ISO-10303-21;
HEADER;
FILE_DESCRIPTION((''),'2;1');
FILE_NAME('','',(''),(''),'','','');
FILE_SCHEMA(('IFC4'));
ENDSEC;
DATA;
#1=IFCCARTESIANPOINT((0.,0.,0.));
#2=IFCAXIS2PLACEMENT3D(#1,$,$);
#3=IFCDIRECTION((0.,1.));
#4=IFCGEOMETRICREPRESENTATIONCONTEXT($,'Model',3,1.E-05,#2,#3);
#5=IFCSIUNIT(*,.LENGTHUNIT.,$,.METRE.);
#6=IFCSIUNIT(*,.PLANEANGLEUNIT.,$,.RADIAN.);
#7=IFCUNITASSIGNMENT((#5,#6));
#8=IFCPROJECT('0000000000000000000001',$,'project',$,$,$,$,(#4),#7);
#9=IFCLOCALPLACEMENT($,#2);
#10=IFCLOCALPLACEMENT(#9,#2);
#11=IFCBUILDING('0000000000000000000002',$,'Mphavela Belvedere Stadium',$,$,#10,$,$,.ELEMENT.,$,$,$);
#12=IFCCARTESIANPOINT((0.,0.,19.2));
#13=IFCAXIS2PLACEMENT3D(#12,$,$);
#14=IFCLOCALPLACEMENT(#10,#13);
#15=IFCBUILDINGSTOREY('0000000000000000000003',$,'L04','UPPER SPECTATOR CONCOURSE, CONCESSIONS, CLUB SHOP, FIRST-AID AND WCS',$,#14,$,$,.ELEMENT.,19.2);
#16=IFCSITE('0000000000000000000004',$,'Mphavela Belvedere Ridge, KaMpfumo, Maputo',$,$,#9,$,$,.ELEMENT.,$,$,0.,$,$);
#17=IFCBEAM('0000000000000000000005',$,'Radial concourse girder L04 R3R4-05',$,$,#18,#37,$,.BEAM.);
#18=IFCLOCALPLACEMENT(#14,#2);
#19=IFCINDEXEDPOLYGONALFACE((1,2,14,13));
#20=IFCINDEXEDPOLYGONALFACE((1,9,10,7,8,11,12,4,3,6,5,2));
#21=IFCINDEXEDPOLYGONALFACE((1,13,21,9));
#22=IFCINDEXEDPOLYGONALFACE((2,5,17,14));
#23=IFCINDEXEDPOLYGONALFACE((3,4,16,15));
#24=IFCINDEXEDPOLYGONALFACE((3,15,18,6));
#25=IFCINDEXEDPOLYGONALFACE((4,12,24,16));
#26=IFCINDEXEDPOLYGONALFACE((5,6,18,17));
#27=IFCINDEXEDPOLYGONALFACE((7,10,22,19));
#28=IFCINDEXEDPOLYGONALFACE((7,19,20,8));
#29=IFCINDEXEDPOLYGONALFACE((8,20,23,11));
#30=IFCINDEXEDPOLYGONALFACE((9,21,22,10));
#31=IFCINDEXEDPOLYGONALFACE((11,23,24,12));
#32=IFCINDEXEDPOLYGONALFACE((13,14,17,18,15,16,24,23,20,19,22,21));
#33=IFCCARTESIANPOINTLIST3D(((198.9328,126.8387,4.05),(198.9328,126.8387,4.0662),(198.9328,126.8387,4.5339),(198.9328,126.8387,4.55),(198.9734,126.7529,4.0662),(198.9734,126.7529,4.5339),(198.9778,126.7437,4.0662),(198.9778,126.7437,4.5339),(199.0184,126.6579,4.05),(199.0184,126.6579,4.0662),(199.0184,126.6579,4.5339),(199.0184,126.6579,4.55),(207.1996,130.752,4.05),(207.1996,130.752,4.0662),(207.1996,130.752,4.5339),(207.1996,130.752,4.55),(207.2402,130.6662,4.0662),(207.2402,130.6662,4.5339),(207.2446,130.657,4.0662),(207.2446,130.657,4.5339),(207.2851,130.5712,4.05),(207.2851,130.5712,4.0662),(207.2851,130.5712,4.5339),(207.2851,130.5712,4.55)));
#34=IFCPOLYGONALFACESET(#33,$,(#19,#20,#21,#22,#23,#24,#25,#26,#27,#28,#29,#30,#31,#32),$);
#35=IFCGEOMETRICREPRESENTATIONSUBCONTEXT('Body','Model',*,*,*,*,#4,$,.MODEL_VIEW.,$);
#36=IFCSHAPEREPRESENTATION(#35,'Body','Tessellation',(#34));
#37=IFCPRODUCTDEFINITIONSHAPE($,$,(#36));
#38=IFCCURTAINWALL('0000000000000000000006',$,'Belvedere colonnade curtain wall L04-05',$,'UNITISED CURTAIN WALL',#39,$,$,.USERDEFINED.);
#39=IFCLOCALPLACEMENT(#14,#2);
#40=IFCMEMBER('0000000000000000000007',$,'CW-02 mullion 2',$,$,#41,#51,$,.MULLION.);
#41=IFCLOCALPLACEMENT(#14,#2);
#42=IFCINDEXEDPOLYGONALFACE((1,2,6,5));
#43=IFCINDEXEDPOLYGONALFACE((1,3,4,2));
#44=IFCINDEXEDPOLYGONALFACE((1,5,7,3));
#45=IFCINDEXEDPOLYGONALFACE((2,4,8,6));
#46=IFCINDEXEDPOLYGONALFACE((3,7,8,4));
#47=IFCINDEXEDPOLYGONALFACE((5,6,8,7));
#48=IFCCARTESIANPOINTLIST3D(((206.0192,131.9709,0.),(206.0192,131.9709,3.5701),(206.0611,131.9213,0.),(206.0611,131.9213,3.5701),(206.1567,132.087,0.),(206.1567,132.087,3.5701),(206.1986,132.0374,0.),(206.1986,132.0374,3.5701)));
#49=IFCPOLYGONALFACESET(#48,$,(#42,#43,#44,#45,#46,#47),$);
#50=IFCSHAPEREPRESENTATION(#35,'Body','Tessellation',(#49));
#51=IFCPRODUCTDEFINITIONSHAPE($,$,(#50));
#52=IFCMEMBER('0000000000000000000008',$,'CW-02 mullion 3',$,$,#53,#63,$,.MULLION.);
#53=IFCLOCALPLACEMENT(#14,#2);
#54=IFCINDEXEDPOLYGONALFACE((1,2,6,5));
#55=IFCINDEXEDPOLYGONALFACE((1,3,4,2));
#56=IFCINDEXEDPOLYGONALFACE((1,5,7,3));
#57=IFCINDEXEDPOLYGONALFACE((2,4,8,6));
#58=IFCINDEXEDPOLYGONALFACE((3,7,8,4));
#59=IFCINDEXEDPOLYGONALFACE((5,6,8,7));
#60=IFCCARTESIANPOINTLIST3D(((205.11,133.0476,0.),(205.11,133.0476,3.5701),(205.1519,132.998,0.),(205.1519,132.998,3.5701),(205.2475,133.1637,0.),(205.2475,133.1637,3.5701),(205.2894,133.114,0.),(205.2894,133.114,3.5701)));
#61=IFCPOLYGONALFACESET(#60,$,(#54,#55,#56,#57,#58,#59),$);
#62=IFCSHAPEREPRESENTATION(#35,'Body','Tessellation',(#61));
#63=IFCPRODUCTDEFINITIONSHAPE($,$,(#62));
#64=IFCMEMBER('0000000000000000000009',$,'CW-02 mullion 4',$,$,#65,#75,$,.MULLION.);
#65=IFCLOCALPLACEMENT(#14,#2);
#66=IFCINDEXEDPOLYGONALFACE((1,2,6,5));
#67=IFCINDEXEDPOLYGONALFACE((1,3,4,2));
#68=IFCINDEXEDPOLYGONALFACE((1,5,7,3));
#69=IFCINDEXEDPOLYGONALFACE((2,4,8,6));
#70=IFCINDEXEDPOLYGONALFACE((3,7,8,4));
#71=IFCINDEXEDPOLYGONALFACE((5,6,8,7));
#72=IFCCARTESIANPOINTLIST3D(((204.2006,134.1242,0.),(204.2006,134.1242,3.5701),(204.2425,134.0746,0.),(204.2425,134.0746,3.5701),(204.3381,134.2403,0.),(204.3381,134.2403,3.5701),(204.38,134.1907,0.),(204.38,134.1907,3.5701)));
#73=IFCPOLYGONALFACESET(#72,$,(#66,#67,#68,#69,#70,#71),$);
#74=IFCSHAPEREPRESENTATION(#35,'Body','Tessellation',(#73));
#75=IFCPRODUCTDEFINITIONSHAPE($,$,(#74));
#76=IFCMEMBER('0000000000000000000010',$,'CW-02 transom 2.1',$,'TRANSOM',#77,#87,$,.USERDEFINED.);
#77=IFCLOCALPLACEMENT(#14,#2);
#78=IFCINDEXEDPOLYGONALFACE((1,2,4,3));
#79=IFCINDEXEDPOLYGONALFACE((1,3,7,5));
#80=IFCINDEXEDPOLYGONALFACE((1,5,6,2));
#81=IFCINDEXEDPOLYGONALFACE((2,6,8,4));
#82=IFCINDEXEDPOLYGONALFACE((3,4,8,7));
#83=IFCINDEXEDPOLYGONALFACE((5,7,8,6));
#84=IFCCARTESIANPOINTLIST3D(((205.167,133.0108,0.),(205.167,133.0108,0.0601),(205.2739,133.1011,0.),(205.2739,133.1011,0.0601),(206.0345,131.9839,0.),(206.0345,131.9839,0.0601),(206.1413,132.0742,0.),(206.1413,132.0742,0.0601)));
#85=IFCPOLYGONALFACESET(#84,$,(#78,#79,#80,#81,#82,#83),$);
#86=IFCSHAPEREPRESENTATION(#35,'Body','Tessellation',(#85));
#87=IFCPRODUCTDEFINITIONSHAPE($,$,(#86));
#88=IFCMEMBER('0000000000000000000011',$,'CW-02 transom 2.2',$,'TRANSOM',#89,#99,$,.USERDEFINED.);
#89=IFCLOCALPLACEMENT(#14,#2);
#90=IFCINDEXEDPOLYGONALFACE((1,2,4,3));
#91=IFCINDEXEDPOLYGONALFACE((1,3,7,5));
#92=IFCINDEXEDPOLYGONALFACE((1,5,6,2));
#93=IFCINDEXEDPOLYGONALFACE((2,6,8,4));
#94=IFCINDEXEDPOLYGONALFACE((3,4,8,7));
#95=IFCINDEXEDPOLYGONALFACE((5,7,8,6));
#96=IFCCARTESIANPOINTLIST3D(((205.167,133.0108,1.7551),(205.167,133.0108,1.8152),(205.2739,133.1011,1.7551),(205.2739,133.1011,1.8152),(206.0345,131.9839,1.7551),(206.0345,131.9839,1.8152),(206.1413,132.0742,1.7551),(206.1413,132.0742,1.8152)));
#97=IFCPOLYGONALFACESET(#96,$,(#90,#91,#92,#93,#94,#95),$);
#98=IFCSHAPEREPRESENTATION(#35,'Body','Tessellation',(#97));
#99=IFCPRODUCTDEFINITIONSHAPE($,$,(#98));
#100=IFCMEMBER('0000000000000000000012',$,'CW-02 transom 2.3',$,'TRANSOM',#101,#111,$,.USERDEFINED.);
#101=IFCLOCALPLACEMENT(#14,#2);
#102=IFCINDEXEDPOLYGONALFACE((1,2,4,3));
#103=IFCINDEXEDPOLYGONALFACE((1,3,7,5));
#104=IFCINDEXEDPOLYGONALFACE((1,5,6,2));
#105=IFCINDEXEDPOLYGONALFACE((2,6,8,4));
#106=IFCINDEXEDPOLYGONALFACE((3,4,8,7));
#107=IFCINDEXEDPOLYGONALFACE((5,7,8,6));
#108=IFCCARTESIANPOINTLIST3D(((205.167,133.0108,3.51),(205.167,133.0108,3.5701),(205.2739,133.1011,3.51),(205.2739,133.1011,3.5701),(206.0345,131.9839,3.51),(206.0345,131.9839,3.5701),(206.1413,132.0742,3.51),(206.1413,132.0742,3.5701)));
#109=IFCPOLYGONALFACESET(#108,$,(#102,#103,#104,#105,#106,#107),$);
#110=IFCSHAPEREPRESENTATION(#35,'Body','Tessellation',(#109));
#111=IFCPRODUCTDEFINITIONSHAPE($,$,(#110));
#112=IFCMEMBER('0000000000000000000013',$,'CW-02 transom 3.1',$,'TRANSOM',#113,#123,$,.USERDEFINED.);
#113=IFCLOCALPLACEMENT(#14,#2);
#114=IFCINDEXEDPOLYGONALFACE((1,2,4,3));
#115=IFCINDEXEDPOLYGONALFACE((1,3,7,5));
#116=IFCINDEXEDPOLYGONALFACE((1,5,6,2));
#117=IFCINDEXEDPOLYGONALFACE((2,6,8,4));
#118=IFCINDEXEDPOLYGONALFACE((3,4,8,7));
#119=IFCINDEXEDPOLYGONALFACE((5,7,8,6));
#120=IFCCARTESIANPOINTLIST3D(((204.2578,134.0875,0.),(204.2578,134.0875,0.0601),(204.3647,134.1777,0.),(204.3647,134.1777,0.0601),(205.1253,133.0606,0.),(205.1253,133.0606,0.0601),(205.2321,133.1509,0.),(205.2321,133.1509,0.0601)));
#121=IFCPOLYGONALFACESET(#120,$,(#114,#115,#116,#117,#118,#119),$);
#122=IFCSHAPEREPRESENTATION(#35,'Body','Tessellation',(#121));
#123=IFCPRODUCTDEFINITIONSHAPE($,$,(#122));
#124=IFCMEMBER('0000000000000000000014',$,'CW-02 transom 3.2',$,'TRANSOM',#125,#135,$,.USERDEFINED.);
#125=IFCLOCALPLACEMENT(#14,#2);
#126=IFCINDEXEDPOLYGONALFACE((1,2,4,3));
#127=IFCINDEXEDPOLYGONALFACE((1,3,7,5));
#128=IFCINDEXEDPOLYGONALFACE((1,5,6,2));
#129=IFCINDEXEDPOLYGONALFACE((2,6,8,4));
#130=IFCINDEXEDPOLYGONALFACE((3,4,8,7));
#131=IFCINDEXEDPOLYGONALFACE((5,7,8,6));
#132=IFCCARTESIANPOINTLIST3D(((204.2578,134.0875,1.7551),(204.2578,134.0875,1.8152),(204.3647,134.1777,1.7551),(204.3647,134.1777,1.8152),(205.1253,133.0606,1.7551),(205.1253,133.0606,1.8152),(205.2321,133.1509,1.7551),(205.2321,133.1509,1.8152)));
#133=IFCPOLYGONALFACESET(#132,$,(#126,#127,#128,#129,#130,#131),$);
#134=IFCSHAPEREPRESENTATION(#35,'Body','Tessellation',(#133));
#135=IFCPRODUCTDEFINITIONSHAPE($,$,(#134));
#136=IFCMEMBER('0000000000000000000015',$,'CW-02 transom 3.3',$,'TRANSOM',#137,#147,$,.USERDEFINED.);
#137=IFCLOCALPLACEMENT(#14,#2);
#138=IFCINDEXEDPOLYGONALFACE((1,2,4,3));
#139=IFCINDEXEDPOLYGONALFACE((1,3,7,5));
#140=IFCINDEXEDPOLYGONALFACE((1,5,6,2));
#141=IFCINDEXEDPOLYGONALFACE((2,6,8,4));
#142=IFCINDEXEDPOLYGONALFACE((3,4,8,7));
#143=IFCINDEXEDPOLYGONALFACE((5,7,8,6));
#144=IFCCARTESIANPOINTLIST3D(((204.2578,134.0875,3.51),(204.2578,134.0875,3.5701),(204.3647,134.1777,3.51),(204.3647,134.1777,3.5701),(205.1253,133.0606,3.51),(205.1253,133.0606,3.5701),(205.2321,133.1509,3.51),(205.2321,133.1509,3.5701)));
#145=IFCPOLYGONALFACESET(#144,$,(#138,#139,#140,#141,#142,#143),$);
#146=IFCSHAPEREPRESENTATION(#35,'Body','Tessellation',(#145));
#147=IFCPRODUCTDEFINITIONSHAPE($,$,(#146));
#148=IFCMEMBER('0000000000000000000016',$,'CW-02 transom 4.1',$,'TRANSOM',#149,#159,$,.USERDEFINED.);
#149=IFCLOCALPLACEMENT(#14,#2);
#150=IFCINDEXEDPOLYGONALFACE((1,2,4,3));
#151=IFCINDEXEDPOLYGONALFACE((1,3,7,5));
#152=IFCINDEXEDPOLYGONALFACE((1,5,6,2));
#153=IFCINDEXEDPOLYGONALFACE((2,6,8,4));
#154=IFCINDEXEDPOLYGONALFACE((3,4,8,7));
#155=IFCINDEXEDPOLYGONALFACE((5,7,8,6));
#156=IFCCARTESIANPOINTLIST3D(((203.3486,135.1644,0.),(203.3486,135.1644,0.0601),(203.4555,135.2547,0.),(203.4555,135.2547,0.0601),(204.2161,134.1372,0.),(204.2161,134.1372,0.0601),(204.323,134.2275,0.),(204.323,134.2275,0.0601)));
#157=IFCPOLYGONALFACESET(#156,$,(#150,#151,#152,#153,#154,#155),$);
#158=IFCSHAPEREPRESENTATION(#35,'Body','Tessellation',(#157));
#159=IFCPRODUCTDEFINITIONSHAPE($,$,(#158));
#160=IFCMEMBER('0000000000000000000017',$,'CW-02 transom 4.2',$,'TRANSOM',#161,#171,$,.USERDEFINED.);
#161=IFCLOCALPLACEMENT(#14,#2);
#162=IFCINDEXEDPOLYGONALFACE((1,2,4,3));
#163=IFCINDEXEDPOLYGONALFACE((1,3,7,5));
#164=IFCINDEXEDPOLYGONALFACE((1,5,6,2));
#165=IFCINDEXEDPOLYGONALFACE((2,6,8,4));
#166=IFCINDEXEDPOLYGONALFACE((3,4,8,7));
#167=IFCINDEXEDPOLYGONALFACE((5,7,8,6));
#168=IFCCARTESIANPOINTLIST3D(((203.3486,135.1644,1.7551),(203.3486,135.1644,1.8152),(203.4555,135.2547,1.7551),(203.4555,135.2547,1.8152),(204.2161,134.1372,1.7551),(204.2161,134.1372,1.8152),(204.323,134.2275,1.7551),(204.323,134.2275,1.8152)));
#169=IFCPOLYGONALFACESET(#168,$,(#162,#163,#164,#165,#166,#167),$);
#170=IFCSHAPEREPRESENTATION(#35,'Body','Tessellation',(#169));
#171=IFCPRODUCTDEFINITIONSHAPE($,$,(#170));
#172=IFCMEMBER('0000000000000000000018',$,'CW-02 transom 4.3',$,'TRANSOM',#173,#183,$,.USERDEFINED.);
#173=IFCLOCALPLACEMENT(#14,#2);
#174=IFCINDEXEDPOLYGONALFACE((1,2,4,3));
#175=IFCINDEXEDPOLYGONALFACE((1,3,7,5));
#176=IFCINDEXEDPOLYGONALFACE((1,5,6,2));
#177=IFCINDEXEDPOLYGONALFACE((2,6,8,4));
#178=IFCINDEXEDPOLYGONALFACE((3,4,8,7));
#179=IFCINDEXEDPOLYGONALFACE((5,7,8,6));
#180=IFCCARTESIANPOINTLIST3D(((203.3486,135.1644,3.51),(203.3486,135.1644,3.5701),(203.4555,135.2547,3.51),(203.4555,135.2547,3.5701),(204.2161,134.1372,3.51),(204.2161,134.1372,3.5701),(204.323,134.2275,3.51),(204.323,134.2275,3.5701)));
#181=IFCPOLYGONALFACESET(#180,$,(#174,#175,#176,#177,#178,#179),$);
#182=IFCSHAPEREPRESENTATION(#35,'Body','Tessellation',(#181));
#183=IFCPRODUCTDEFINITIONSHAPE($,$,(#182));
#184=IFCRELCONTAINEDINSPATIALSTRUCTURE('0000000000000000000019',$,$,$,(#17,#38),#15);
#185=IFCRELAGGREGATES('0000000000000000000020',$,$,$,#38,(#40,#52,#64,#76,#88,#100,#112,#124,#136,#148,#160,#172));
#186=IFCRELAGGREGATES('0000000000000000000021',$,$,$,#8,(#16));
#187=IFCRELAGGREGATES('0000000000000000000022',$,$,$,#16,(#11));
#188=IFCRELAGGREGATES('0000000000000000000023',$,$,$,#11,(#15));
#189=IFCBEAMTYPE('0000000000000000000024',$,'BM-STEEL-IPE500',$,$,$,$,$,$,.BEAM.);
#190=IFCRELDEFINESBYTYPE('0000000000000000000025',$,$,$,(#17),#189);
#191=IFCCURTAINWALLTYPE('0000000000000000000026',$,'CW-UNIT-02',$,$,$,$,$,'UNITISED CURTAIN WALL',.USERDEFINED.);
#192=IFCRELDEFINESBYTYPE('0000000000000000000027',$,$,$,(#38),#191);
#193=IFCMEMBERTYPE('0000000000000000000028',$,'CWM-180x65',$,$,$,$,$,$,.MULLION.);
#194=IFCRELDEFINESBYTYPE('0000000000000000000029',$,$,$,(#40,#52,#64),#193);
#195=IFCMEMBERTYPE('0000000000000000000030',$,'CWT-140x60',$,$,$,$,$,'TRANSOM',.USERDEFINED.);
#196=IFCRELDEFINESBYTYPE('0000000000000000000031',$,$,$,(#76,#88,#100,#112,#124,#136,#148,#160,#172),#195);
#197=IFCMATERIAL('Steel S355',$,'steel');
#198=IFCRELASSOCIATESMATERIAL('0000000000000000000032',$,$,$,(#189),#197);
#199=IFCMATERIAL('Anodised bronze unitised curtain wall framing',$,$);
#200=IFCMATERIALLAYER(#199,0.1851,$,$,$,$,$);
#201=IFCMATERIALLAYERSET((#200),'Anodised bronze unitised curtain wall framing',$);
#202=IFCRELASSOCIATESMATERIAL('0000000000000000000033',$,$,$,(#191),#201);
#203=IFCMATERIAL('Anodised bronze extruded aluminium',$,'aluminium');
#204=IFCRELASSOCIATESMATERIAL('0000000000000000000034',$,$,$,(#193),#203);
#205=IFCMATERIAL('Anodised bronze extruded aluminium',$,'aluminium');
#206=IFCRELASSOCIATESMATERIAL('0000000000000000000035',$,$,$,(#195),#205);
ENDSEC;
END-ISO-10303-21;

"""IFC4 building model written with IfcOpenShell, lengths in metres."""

from ifc_helpers import new_model, si_unit, direction, frame, origin, origin_2d, place, context, subcontext, project, spatial, rectangle, i_section, extrude, material, layer, layer_set, material_profile, profile_set, type_object, element, aggregate, save


model = new_model("IFC4")

# Units and contexts
model_context = context("Model", 3, precision=1e-05, world=origin(), true_north=direction((0.0, 1.0)))
body_context = subcontext(model_context, "Body", "Model", "MODEL_VIEW")
ifc_project = project(units=[si_unit("LENGTHUNIT", "METRE"), si_unit("PLANEANGLEUNIT", "RADIAN")], contexts=[model_context])

# Site, building, storey
site_placement = place(None, origin())
site = spatial("IfcSite", under=ifc_project, at=site_placement, Name="Mphavela Belvedere Ridge, KaMpfumo, Maputo", CompositionType="ELEMENT", RefElevation=0.0)
building_placement = place(site_placement, origin())
building = spatial("IfcBuilding", under=site, at=building_placement, Name="Mphavela Belvedere Stadium", CompositionType="ELEMENT")
storey_placement = place(building_placement, frame((0.0, 0.0, 19.2)))
storey = spatial("IfcBuildingStorey", under=building, at=storey_placement, Name="L04", Description="UPPER SPECTATOR CONCOURSE, CONCESSIONS, CLUB SHOP, FIRST-AID AND WCS", CompositionType="ELEMENT", Elevation=19.2)

# Beam
ifc_material_1 = material(Name="Steel S355", Category="steel")
ifc_material_profile_1 = material_profile(ifc_material_1, i_section(OverallWidth=0.2, OverallDepth=0.5, WebThickness=0.0103, FlangeThickness=0.0161, at=origin_2d()), Name="IPE 500")
ifc_profile_set_1 = profile_set([ifc_material_profile_1], Name="Steel S355")
beam_type_1 = type_object("IfcBeamType", Name="BM-STEEL-IPE500", PredefinedType="BEAM", material=ifc_profile_set_1)
beam_1_placement = place(storey_placement, frame((198.9756, 126.7483, 4.3), z_axis=(0.903845, 0.427859, 0.0), x_axis=(-0.427859, 0.903845, 0.0)))
element("IfcBeam", 1, at=beam_1_placement, inside=storey, type_object=beam_type_1, Name="Radial concourse girder L04 R3R4-05", PredefinedType="BEAM", context=body_context, shape_type="SweptSolid", body=[
    extrude(i_section(OverallWidth=0.2, OverallDepth=0.5, WebThickness=0.0103, FlangeThickness=0.0161, at=origin_2d()), origin(), (0.0, 0.0, 1.0), 9.1462),
])

# Curtain wall, members
ifc_material_2 = material(Name="Anodised bronze unitised curtain wall framing")
ifc_layer_1 = layer(ifc_material_2, 0.1851)
ifc_layer_set_1 = layer_set([ifc_layer_1], Name="Anodised bronze unitised curtain wall framing")
curtain_wall_type = type_object("IfcCurtainWallType", Name="CW-UNIT-02", ElementType="UNITISED CURTAIN WALL", PredefinedType="USERDEFINED", material=ifc_layer_set_1)
curtain_wall_placement = place(storey_placement, origin())
curtain_wall = element("IfcCurtainWall", 2, at=curtain_wall_placement, inside=storey, type_object=curtain_wall_type, Name="Belvedere colonnade curtain wall L04-05", ObjectType="UNITISED CURTAIN WALL", PredefinedType="USERDEFINED")
ifc_material_3 = material(Name="Anodised bronze extruded aluminium", Category="aluminium")
ifc_material_profile_2 = material_profile(ifc_material_3, rectangle(XDim=0.1799, YDim=0.0649, at=origin_2d()), Name="CW-MUL 180x65")
ifc_profile_set_2 = profile_set([ifc_material_profile_2], Name="Anodised bronze extruded aluminium")
member_type_1 = type_object("IfcMemberType", Name="CWM-180x65", PredefinedType="MULLION", material=ifc_profile_set_2)
member_1_placement = place(storey_placement, frame((206.1089, 132.0042, 0.0), z_axis=(0.0, 0.0, 1.0), x_axis=(-0.764035, -0.645175, 0.0)))
member_1 = element("IfcMember", 3, at=member_1_placement, type_object=member_type_1, Name="CW-02 mullion 2", PredefinedType="MULLION", context=body_context, shape_type="SweptSolid", body=[
    extrude(rectangle(XDim=0.1799, YDim=0.0649, at=origin_2d()), origin(), (0.0, 0.0, 1.0), 3.5701),
])
member_2_placement = place(storey_placement, frame((205.1997, 133.0808, 0.0), z_axis=(0.0, 0.0, 1.0), x_axis=(-0.764035, -0.645175, 0.0)))
member_2 = element("IfcMember", 4, at=member_2_placement, type_object=member_type_1, Name="CW-02 mullion 3", PredefinedType="MULLION", context=body_context, shape_type="SweptSolid", body=[
    extrude(rectangle(XDim=0.1799, YDim=0.0649, at=origin_2d()), origin(), (0.0, 0.0, 1.0), 3.5701),
])
member_3_placement = place(storey_placement, frame((204.2903, 134.1575, 0.0), z_axis=(0.0, 0.0, 1.0), x_axis=(-0.764035, -0.645175, 0.0)))
member_3 = element("IfcMember", 5, at=member_3_placement, type_object=member_type_1, Name="CW-02 mullion 4", PredefinedType="MULLION", context=body_context, shape_type="SweptSolid", body=[
    extrude(rectangle(XDim=0.1799, YDim=0.0649, at=origin_2d()), origin(), (0.0, 0.0, 1.0), 3.5701),
])
ifc_material_4 = material(Name="Anodised bronze extruded aluminium", Category="aluminium")
ifc_material_profile_3 = material_profile(ifc_material_4, rectangle(XDim=0.1399, YDim=0.0601, at=origin_2d()), Name="CW-TRN 140x60")
ifc_profile_set_3 = profile_set([ifc_material_profile_3], Name="Anodised bronze extruded aluminium")
member_type_2 = type_object("IfcMemberType", Name="CWT-140x60", ElementType="TRANSOM", PredefinedType="USERDEFINED", material=ifc_profile_set_3)
member_4_placement = place(storey_placement, frame((206.0879, 132.0291, 0.03), z_axis=(-0.645315, 0.763916, 0.0), x_axis=(-0.763916, -0.645315, 0.0)))
member_4 = element("IfcMember", 6, at=member_4_placement, type_object=member_type_2, Name="CW-02 transom 2.1", ObjectType="TRANSOM", PredefinedType="USERDEFINED", context=body_context, shape_type="SweptSolid", body=[
    extrude(rectangle(XDim=0.1399, YDim=0.0601, at=origin_2d()), origin(), (0.0, 0.0, 1.0), 1.3442),
])
member_5_placement = place(storey_placement, frame((206.0879, 132.0291, 1.7852), z_axis=(-0.645315, 0.763916, 0.0), x_axis=(-0.763916, -0.645315, 0.0)))
member_5 = element("IfcMember", 7, at=member_5_placement, type_object=member_type_2, Name="CW-02 transom 2.2", ObjectType="TRANSOM", PredefinedType="USERDEFINED", context=body_context, shape_type="SweptSolid", body=[
    extrude(rectangle(XDim=0.1399, YDim=0.0601, at=origin_2d()), origin(), (0.0, 0.0, 1.0), 1.3442),
])
member_6_placement = place(storey_placement, frame((206.0879, 132.0291, 3.54), z_axis=(-0.645315, 0.763916, 0.0), x_axis=(-0.763916, -0.645315, 0.0)))
member_6 = element("IfcMember", 8, at=member_6_placement, type_object=member_type_2, Name="CW-02 transom 2.3", ObjectType="TRANSOM", PredefinedType="USERDEFINED", context=body_context, shape_type="SweptSolid", body=[
    extrude(rectangle(XDim=0.1399, YDim=0.0601, at=origin_2d()), origin(), (0.0, 0.0, 1.0), 1.3442),
])
member_7_placement = place(storey_placement, frame((205.1787, 133.1057, 0.03), z_axis=(-0.645315, 0.763916, 0.0), x_axis=(-0.763916, -0.645315, 0.0)))
member_7 = element("IfcMember", 9, at=member_7_placement, type_object=member_type_2, Name="CW-02 transom 3.1", ObjectType="TRANSOM", PredefinedType="USERDEFINED", context=body_context, shape_type="SweptSolid", body=[
    extrude(rectangle(XDim=0.1399, YDim=0.0601, at=origin_2d()), origin(), (0.0, 0.0, 1.0), 1.3442),
])
member_8_placement = place(storey_placement, frame((205.1787, 133.1057, 1.7852), z_axis=(-0.645315, 0.763916, 0.0), x_axis=(-0.763916, -0.645315, 0.0)))
member_8 = element("IfcMember", 10, at=member_8_placement, type_object=member_type_2, Name="CW-02 transom 3.2", ObjectType="TRANSOM", PredefinedType="USERDEFINED", context=body_context, shape_type="SweptSolid", body=[
    extrude(rectangle(XDim=0.1399, YDim=0.0601, at=origin_2d()), origin(), (0.0, 0.0, 1.0), 1.3442),
])
member_9_placement = place(storey_placement, frame((205.1787, 133.1057, 3.54), z_axis=(-0.645315, 0.763916, 0.0), x_axis=(-0.763916, -0.645315, 0.0)))
member_9 = element("IfcMember", 11, at=member_9_placement, type_object=member_type_2, Name="CW-02 transom 3.3", ObjectType="TRANSOM", PredefinedType="USERDEFINED", context=body_context, shape_type="SweptSolid", body=[
    extrude(rectangle(XDim=0.1399, YDim=0.0601, at=origin_2d()), origin(), (0.0, 0.0, 1.0), 1.3442),
])
member_10_placement = place(storey_placement, frame((204.2695, 134.1824, 0.03), z_axis=(-0.645226, 0.763992, 0.0), x_axis=(-0.763992, -0.645226, 0.0)))
member_10 = element("IfcMember", 12, at=member_10_placement, type_object=member_type_2, Name="CW-02 transom 4.1", ObjectType="TRANSOM", PredefinedType="USERDEFINED", context=body_context, shape_type="SweptSolid", body=[
    extrude(rectangle(XDim=0.1399, YDim=0.0601, at=origin_2d()), origin(), (0.0, 0.0, 1.0), 1.3445),
])
member_11_placement = place(storey_placement, frame((204.2695, 134.1824, 1.7852), z_axis=(-0.645226, 0.763992, 0.0), x_axis=(-0.763992, -0.645226, 0.0)))
member_11 = element("IfcMember", 13, at=member_11_placement, type_object=member_type_2, Name="CW-02 transom 4.2", ObjectType="TRANSOM", PredefinedType="USERDEFINED", context=body_context, shape_type="SweptSolid", body=[
    extrude(rectangle(XDim=0.1399, YDim=0.0601, at=origin_2d()), origin(), (0.0, 0.0, 1.0), 1.3445),
])
member_12_placement = place(storey_placement, frame((204.2695, 134.1824, 3.54), z_axis=(-0.645226, 0.763992, 0.0), x_axis=(-0.763992, -0.645226, 0.0)))
member_12 = element("IfcMember", 14, at=member_12_placement, type_object=member_type_2, Name="CW-02 transom 4.3", ObjectType="TRANSOM", PredefinedType="USERDEFINED", context=body_context, shape_type="SweptSolid", body=[
    extrude(rectangle(XDim=0.1399, YDim=0.0601, at=origin_2d()), origin(), (0.0, 0.0, 1.0), 1.3445),
])
aggregate(curtain_wall, [member_1, member_2, member_3, member_4, member_5, member_6, member_7, member_8, member_9, member_10, member_11, member_12])

save(model, "model.ifc")
